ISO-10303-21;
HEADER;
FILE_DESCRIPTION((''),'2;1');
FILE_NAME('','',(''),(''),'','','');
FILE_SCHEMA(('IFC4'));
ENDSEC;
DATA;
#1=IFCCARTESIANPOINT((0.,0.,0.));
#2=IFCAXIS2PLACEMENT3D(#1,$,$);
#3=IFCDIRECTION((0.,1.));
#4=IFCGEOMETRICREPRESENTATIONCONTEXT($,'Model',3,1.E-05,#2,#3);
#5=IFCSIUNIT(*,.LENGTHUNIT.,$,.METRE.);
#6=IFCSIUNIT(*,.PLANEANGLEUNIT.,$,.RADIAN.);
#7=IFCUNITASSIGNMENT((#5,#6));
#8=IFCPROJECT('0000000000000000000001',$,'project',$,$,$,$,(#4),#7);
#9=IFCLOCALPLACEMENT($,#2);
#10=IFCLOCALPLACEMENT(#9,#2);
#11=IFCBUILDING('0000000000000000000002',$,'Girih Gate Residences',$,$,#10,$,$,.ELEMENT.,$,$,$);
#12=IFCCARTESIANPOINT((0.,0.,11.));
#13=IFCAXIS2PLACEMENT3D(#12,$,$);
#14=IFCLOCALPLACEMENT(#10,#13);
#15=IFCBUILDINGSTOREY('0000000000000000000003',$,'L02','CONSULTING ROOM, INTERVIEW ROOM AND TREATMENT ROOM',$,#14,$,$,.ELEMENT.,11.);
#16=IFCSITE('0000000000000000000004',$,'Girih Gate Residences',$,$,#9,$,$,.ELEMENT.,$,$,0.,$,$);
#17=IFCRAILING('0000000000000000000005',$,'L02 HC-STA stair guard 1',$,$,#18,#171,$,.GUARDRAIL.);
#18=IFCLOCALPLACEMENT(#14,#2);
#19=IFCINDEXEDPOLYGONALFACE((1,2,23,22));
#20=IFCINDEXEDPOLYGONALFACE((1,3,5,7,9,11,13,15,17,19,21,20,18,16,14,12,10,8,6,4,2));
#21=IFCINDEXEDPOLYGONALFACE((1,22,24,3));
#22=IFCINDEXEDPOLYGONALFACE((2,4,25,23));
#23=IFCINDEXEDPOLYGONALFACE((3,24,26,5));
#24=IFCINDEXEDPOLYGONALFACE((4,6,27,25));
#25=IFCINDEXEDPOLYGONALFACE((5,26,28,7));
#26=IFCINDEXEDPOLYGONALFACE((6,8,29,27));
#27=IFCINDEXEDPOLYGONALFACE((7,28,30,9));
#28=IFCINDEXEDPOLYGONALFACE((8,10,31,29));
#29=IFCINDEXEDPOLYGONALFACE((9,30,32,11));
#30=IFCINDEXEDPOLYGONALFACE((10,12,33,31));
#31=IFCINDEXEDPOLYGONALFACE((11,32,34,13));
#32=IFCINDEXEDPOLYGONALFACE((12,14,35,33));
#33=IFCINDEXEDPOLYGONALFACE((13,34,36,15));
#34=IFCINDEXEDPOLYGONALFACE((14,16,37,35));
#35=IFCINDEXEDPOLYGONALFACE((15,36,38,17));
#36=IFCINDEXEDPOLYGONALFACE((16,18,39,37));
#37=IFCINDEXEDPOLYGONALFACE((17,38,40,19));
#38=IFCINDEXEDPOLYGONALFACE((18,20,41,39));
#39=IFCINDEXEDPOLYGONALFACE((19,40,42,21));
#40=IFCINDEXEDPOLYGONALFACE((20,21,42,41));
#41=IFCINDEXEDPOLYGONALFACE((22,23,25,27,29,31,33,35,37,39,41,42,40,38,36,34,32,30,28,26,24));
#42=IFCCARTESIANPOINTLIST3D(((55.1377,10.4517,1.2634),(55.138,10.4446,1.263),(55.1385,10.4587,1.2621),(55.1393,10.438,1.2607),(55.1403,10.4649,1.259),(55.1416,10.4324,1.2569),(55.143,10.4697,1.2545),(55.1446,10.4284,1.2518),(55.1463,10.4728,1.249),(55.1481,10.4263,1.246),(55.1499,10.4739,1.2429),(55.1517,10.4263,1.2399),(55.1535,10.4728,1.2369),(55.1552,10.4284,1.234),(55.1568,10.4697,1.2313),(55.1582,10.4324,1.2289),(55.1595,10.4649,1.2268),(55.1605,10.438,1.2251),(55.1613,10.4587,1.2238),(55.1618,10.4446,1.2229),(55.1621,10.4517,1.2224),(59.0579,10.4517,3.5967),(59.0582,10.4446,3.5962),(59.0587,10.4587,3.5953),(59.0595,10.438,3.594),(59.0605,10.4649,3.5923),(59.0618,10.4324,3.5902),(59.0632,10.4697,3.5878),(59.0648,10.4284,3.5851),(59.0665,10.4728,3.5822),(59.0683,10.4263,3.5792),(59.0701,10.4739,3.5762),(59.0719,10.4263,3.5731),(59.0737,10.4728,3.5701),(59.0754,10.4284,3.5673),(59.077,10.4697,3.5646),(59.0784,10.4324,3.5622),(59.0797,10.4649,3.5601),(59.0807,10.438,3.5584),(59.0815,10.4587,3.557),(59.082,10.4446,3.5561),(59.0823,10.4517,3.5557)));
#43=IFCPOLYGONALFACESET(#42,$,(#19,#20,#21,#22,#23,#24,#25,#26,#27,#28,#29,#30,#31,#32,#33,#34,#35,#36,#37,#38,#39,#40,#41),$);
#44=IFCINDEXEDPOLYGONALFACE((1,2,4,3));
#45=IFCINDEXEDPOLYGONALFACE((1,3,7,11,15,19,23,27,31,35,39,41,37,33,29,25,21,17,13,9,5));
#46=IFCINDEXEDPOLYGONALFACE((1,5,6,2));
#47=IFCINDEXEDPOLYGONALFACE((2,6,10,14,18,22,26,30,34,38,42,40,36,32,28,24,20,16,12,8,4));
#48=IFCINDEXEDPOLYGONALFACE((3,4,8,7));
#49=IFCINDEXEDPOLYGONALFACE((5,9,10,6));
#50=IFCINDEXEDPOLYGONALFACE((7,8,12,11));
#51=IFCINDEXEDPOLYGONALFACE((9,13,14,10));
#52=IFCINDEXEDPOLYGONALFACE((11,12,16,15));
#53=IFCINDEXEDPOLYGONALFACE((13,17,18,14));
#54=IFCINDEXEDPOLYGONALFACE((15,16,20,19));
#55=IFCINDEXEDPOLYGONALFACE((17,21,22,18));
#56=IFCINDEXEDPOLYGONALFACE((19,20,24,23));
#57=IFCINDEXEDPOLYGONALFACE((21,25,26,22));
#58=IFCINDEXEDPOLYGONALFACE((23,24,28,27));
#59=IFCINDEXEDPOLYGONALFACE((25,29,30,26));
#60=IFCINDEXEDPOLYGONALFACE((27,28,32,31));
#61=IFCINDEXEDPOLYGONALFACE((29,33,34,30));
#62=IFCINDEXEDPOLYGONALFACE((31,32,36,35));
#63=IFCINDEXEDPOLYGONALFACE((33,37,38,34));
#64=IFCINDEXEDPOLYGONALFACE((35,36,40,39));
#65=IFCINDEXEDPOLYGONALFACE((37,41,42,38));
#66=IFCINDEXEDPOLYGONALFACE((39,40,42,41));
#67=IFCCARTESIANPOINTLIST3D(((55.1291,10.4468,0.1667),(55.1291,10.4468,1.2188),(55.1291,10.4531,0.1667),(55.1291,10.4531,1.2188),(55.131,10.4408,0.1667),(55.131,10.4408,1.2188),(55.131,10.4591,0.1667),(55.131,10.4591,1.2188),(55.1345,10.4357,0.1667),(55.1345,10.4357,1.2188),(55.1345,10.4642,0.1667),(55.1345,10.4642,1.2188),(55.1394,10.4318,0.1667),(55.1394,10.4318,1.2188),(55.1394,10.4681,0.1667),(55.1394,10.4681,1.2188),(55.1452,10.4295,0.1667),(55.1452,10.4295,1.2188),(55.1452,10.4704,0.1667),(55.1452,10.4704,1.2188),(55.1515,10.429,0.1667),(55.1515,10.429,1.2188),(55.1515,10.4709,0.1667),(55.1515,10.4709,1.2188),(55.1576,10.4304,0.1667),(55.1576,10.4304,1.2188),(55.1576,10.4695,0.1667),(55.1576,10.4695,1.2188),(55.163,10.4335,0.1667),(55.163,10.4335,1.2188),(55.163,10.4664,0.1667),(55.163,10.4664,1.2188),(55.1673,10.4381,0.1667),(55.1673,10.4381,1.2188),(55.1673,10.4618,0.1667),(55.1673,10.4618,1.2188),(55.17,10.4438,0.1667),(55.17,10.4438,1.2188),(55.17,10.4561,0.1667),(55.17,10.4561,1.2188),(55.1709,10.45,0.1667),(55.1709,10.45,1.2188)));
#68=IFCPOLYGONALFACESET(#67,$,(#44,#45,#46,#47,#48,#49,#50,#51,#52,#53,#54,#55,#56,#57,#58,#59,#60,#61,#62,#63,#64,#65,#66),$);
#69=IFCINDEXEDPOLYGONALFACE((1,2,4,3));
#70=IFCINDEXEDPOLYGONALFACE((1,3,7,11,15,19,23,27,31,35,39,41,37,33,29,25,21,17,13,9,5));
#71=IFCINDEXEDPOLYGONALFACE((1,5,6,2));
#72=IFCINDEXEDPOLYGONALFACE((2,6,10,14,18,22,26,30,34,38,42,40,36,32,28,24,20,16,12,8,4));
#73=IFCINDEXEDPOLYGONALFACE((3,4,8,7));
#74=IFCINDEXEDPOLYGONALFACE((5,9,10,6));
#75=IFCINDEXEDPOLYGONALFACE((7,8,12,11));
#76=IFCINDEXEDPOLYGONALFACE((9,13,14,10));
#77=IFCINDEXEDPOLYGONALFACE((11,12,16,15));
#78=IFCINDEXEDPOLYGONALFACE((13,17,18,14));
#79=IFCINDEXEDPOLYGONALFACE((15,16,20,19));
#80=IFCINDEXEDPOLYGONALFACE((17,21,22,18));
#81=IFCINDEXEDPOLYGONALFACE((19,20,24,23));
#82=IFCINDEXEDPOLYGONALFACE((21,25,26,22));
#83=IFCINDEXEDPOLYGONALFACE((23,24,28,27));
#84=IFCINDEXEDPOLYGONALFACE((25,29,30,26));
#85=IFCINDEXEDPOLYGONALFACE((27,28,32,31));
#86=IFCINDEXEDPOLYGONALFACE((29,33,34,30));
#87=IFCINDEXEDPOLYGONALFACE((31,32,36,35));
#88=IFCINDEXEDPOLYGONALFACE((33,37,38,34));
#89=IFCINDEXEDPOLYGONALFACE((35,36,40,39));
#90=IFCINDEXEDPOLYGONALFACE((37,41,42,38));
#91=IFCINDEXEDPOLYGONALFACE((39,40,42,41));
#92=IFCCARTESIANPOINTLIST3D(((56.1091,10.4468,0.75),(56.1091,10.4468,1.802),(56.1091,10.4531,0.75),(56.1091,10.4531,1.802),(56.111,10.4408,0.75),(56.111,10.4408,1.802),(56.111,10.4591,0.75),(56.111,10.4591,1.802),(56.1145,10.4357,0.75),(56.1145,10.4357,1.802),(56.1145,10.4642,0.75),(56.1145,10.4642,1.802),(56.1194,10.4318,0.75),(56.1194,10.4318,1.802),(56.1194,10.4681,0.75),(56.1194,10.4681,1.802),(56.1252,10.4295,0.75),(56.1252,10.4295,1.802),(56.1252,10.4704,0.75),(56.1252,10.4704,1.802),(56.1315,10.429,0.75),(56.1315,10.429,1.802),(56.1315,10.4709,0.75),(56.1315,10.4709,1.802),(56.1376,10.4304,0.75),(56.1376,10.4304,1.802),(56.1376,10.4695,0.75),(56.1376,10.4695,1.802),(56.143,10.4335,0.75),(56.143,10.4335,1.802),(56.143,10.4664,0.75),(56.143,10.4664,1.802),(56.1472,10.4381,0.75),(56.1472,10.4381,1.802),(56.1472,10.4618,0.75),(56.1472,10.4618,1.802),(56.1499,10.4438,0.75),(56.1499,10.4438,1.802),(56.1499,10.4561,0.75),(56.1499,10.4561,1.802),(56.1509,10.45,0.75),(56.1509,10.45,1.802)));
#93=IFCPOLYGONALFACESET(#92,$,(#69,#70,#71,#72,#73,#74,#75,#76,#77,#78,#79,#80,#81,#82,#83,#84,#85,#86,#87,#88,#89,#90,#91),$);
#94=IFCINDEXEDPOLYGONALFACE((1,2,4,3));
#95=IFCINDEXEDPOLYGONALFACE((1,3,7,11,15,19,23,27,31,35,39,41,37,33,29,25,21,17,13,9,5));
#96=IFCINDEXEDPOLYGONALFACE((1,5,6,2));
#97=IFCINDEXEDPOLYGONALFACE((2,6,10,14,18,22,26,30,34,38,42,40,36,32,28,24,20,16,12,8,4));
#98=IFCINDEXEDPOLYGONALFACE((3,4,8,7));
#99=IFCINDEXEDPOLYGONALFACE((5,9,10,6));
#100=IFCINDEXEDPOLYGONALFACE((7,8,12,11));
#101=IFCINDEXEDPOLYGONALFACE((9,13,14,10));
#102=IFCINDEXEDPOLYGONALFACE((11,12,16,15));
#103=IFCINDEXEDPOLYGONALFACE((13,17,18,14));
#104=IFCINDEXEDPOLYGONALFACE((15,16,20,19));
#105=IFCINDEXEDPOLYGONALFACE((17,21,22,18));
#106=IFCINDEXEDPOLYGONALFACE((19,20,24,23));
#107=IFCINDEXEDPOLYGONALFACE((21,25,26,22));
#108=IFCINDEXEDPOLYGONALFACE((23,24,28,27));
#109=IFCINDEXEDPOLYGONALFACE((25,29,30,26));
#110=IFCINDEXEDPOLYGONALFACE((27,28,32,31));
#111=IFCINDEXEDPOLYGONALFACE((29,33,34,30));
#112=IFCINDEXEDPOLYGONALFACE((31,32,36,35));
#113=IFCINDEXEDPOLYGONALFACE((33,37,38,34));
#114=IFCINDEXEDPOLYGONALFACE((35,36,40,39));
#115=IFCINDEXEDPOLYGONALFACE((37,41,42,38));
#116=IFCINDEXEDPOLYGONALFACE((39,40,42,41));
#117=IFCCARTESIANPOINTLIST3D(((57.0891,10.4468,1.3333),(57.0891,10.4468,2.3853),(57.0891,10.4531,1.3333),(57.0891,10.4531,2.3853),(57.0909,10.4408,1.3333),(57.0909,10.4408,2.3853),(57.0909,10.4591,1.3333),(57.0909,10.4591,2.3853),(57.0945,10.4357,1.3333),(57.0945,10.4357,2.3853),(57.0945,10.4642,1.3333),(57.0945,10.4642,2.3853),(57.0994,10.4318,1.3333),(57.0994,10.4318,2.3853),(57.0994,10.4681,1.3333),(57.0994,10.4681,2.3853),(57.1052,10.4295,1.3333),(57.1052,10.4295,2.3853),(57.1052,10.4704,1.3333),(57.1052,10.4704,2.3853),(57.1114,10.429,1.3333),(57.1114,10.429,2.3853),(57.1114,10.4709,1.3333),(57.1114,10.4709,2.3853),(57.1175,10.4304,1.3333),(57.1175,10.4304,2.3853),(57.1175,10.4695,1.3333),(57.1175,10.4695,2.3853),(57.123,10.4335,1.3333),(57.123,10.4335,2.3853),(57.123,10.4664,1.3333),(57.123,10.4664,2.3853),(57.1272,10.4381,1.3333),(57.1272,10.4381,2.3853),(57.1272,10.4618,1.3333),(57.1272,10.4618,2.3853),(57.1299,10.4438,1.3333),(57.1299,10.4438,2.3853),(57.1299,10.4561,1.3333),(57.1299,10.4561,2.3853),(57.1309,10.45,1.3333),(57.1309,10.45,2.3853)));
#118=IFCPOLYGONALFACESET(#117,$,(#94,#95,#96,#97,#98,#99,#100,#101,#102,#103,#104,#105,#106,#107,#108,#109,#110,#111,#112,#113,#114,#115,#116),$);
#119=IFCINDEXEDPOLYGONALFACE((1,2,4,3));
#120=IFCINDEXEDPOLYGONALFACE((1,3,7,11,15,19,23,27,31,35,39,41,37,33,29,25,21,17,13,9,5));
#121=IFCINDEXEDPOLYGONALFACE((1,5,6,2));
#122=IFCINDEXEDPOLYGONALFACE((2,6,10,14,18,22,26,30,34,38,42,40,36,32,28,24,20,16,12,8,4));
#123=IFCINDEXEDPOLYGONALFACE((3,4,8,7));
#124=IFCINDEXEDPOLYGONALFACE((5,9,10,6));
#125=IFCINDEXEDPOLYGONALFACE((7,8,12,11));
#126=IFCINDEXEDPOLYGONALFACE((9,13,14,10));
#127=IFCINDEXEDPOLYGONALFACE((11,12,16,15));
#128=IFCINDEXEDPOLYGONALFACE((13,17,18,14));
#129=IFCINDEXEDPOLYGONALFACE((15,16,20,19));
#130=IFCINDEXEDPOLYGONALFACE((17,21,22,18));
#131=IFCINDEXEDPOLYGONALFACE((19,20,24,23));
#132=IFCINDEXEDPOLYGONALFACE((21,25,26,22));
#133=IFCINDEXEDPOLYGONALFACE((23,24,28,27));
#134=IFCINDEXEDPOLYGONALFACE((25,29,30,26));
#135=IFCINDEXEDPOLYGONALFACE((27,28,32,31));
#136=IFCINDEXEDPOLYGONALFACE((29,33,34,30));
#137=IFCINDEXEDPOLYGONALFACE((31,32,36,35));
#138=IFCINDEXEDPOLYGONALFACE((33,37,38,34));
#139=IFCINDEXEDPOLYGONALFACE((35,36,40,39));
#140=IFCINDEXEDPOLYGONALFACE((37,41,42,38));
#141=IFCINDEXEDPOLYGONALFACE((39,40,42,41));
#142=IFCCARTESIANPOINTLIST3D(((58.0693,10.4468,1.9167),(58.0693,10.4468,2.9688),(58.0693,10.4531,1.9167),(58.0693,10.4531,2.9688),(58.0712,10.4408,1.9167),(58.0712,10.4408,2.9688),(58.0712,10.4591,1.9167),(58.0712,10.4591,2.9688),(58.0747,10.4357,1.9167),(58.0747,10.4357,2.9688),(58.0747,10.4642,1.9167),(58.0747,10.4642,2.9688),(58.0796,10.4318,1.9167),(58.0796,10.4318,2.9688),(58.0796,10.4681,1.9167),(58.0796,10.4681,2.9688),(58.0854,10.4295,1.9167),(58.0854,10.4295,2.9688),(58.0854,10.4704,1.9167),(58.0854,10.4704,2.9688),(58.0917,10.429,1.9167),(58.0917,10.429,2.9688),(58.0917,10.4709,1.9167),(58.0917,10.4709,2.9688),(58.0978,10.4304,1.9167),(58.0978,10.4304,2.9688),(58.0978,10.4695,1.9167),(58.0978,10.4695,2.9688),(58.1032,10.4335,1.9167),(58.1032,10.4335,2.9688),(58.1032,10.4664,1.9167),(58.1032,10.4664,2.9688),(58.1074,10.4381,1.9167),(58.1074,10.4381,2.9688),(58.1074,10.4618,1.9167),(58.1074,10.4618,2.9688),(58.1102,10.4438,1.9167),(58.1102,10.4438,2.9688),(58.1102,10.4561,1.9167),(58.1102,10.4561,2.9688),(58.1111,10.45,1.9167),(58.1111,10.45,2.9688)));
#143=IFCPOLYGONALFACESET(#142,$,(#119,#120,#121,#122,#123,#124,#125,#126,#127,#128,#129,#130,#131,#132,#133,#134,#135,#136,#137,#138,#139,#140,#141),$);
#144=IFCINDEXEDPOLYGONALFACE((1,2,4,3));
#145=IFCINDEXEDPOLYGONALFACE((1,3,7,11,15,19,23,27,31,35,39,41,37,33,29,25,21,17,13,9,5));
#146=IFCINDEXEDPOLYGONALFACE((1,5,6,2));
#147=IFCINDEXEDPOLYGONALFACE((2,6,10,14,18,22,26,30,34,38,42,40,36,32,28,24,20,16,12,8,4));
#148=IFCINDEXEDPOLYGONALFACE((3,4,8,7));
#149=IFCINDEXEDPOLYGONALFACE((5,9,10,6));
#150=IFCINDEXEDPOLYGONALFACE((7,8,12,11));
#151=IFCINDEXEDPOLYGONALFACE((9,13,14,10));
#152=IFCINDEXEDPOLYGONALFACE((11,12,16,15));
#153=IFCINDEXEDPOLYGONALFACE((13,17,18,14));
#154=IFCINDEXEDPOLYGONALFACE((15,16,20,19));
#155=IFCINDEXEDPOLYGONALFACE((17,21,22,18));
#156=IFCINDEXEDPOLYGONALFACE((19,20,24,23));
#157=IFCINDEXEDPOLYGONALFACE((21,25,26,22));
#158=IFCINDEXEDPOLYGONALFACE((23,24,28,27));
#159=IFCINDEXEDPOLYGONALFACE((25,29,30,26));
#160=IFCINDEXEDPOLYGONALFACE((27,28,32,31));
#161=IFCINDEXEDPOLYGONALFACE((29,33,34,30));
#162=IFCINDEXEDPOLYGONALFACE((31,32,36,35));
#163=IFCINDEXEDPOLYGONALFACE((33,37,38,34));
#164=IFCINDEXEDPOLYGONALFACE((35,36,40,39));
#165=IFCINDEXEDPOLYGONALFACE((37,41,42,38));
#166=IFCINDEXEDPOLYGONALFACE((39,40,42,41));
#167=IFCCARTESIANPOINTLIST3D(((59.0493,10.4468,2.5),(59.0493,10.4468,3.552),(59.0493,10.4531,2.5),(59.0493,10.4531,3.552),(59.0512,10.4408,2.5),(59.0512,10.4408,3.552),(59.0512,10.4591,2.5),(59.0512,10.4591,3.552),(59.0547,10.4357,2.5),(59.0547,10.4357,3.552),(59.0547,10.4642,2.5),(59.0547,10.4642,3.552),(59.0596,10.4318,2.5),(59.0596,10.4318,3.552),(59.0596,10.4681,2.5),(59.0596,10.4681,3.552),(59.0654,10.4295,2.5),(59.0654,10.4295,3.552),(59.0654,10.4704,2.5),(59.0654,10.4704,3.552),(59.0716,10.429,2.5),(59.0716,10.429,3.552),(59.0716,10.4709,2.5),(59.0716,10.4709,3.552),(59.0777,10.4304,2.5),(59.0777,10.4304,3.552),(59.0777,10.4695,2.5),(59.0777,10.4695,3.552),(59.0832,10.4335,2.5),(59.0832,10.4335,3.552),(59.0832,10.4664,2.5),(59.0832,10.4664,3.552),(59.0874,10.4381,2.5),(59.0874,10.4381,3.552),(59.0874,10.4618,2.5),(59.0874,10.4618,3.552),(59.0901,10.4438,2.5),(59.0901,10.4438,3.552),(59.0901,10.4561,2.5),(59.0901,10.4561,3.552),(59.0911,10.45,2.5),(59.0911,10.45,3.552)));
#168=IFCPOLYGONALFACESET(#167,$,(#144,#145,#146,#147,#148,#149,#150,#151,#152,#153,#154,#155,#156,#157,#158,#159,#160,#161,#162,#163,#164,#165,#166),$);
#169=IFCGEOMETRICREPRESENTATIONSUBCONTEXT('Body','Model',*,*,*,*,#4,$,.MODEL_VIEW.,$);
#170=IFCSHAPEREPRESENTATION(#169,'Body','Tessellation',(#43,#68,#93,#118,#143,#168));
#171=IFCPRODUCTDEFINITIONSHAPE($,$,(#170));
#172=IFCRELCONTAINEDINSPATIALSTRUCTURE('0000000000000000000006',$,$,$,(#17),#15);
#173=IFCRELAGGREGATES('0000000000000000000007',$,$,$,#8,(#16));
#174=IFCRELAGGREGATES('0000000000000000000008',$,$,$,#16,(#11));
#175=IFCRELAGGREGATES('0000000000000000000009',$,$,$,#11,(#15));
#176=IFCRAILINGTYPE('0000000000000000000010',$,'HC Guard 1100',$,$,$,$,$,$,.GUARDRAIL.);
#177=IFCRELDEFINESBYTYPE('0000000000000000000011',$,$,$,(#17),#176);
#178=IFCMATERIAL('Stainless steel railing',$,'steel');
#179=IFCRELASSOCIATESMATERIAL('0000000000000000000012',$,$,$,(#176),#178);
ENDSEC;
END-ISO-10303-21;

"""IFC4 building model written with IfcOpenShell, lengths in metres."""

from ifc_helpers import new_model, si_unit, direction, frame, origin, origin_2d, place, context, subcontext, project, spatial, circle, extrude, material, type_object, element, save


model = new_model("IFC4")

# Units and contexts
model_context = context("Model", 3, precision=1e-05, world=origin(), true_north=direction((0.0, 1.0)))
body_context = subcontext(model_context, "Body", "Model", "MODEL_VIEW")
ifc_project = project(units=[si_unit("LENGTHUNIT", "METRE"), si_unit("PLANEANGLEUNIT", "RADIAN")], contexts=[model_context])

# Site, building, storey
site_placement = place(None, origin())
site = spatial("IfcSite", under=ifc_project, at=site_placement, Name="Girih Gate Residences", CompositionType="ELEMENT", RefElevation=0.0)
building_placement = place(site_placement, origin())
building = spatial("IfcBuilding", under=site, at=building_placement, Name="Girih Gate Residences", CompositionType="ELEMENT")
storey_placement = place(building_placement, frame((0.0, 0.0, 11.0)))
storey = spatial("IfcBuildingStorey", under=building, at=storey_placement, Name="L02", Description="CONSULTING ROOM, INTERVIEW ROOM AND TREATMENT ROOM", CompositionType="ELEMENT", Elevation=11.0)

# Railing
ifc_material_1 = material(Name="Stainless steel railing", Category="steel")
railing_type_1 = type_object("IfcRailingType", Name="HC Guard 1100", PredefinedType="GUARDRAIL", material=ifc_material_1)
railing_1_placement = place(storey_placement, frame((55.1499, 10.45, 0.1667)))
element("IfcRailing", 1, at=railing_1_placement, inside=storey, type_object=railing_type_1, Name="L02 HC-STA stair guard 1", PredefinedType="GUARDRAIL", context=body_context, shape_type="SweptSolid", body=[
    extrude(circle(Radius=0.0239, at=origin_2d()), frame((0.0, 0.0, 1.0762), z_axis=(0.85931, 0.0, 0.511455), x_axis=(0.0, 1.0, 0.0)), (0.0, 0.0, 1.0), 4.562),
    extrude(circle(Radius=0.021, at=origin_2d()), origin(), (0.0, 0.0, 1.0), 1.052),
    extrude(circle(Radius=0.021, at=origin_2d()), frame((0.98, 0.0, 0.5833)), (0.0, 0.0, 1.0), 1.052),
    extrude(circle(Radius=0.021, at=origin_2d()), frame((1.96, 0.0, 1.1665)), (0.0, 0.0, 1.0), 1.052),
    extrude(circle(Radius=0.021, at=origin_2d()), frame((2.9402, 0.0, 1.75)), (0.0, 0.0, 1.0), 1.052),
    extrude(circle(Radius=0.021, at=origin_2d()), frame((3.9202, 0.0, 2.3333)), (0.0, 0.0, 1.0), 1.052),
])

save(model, "model.ifc")
